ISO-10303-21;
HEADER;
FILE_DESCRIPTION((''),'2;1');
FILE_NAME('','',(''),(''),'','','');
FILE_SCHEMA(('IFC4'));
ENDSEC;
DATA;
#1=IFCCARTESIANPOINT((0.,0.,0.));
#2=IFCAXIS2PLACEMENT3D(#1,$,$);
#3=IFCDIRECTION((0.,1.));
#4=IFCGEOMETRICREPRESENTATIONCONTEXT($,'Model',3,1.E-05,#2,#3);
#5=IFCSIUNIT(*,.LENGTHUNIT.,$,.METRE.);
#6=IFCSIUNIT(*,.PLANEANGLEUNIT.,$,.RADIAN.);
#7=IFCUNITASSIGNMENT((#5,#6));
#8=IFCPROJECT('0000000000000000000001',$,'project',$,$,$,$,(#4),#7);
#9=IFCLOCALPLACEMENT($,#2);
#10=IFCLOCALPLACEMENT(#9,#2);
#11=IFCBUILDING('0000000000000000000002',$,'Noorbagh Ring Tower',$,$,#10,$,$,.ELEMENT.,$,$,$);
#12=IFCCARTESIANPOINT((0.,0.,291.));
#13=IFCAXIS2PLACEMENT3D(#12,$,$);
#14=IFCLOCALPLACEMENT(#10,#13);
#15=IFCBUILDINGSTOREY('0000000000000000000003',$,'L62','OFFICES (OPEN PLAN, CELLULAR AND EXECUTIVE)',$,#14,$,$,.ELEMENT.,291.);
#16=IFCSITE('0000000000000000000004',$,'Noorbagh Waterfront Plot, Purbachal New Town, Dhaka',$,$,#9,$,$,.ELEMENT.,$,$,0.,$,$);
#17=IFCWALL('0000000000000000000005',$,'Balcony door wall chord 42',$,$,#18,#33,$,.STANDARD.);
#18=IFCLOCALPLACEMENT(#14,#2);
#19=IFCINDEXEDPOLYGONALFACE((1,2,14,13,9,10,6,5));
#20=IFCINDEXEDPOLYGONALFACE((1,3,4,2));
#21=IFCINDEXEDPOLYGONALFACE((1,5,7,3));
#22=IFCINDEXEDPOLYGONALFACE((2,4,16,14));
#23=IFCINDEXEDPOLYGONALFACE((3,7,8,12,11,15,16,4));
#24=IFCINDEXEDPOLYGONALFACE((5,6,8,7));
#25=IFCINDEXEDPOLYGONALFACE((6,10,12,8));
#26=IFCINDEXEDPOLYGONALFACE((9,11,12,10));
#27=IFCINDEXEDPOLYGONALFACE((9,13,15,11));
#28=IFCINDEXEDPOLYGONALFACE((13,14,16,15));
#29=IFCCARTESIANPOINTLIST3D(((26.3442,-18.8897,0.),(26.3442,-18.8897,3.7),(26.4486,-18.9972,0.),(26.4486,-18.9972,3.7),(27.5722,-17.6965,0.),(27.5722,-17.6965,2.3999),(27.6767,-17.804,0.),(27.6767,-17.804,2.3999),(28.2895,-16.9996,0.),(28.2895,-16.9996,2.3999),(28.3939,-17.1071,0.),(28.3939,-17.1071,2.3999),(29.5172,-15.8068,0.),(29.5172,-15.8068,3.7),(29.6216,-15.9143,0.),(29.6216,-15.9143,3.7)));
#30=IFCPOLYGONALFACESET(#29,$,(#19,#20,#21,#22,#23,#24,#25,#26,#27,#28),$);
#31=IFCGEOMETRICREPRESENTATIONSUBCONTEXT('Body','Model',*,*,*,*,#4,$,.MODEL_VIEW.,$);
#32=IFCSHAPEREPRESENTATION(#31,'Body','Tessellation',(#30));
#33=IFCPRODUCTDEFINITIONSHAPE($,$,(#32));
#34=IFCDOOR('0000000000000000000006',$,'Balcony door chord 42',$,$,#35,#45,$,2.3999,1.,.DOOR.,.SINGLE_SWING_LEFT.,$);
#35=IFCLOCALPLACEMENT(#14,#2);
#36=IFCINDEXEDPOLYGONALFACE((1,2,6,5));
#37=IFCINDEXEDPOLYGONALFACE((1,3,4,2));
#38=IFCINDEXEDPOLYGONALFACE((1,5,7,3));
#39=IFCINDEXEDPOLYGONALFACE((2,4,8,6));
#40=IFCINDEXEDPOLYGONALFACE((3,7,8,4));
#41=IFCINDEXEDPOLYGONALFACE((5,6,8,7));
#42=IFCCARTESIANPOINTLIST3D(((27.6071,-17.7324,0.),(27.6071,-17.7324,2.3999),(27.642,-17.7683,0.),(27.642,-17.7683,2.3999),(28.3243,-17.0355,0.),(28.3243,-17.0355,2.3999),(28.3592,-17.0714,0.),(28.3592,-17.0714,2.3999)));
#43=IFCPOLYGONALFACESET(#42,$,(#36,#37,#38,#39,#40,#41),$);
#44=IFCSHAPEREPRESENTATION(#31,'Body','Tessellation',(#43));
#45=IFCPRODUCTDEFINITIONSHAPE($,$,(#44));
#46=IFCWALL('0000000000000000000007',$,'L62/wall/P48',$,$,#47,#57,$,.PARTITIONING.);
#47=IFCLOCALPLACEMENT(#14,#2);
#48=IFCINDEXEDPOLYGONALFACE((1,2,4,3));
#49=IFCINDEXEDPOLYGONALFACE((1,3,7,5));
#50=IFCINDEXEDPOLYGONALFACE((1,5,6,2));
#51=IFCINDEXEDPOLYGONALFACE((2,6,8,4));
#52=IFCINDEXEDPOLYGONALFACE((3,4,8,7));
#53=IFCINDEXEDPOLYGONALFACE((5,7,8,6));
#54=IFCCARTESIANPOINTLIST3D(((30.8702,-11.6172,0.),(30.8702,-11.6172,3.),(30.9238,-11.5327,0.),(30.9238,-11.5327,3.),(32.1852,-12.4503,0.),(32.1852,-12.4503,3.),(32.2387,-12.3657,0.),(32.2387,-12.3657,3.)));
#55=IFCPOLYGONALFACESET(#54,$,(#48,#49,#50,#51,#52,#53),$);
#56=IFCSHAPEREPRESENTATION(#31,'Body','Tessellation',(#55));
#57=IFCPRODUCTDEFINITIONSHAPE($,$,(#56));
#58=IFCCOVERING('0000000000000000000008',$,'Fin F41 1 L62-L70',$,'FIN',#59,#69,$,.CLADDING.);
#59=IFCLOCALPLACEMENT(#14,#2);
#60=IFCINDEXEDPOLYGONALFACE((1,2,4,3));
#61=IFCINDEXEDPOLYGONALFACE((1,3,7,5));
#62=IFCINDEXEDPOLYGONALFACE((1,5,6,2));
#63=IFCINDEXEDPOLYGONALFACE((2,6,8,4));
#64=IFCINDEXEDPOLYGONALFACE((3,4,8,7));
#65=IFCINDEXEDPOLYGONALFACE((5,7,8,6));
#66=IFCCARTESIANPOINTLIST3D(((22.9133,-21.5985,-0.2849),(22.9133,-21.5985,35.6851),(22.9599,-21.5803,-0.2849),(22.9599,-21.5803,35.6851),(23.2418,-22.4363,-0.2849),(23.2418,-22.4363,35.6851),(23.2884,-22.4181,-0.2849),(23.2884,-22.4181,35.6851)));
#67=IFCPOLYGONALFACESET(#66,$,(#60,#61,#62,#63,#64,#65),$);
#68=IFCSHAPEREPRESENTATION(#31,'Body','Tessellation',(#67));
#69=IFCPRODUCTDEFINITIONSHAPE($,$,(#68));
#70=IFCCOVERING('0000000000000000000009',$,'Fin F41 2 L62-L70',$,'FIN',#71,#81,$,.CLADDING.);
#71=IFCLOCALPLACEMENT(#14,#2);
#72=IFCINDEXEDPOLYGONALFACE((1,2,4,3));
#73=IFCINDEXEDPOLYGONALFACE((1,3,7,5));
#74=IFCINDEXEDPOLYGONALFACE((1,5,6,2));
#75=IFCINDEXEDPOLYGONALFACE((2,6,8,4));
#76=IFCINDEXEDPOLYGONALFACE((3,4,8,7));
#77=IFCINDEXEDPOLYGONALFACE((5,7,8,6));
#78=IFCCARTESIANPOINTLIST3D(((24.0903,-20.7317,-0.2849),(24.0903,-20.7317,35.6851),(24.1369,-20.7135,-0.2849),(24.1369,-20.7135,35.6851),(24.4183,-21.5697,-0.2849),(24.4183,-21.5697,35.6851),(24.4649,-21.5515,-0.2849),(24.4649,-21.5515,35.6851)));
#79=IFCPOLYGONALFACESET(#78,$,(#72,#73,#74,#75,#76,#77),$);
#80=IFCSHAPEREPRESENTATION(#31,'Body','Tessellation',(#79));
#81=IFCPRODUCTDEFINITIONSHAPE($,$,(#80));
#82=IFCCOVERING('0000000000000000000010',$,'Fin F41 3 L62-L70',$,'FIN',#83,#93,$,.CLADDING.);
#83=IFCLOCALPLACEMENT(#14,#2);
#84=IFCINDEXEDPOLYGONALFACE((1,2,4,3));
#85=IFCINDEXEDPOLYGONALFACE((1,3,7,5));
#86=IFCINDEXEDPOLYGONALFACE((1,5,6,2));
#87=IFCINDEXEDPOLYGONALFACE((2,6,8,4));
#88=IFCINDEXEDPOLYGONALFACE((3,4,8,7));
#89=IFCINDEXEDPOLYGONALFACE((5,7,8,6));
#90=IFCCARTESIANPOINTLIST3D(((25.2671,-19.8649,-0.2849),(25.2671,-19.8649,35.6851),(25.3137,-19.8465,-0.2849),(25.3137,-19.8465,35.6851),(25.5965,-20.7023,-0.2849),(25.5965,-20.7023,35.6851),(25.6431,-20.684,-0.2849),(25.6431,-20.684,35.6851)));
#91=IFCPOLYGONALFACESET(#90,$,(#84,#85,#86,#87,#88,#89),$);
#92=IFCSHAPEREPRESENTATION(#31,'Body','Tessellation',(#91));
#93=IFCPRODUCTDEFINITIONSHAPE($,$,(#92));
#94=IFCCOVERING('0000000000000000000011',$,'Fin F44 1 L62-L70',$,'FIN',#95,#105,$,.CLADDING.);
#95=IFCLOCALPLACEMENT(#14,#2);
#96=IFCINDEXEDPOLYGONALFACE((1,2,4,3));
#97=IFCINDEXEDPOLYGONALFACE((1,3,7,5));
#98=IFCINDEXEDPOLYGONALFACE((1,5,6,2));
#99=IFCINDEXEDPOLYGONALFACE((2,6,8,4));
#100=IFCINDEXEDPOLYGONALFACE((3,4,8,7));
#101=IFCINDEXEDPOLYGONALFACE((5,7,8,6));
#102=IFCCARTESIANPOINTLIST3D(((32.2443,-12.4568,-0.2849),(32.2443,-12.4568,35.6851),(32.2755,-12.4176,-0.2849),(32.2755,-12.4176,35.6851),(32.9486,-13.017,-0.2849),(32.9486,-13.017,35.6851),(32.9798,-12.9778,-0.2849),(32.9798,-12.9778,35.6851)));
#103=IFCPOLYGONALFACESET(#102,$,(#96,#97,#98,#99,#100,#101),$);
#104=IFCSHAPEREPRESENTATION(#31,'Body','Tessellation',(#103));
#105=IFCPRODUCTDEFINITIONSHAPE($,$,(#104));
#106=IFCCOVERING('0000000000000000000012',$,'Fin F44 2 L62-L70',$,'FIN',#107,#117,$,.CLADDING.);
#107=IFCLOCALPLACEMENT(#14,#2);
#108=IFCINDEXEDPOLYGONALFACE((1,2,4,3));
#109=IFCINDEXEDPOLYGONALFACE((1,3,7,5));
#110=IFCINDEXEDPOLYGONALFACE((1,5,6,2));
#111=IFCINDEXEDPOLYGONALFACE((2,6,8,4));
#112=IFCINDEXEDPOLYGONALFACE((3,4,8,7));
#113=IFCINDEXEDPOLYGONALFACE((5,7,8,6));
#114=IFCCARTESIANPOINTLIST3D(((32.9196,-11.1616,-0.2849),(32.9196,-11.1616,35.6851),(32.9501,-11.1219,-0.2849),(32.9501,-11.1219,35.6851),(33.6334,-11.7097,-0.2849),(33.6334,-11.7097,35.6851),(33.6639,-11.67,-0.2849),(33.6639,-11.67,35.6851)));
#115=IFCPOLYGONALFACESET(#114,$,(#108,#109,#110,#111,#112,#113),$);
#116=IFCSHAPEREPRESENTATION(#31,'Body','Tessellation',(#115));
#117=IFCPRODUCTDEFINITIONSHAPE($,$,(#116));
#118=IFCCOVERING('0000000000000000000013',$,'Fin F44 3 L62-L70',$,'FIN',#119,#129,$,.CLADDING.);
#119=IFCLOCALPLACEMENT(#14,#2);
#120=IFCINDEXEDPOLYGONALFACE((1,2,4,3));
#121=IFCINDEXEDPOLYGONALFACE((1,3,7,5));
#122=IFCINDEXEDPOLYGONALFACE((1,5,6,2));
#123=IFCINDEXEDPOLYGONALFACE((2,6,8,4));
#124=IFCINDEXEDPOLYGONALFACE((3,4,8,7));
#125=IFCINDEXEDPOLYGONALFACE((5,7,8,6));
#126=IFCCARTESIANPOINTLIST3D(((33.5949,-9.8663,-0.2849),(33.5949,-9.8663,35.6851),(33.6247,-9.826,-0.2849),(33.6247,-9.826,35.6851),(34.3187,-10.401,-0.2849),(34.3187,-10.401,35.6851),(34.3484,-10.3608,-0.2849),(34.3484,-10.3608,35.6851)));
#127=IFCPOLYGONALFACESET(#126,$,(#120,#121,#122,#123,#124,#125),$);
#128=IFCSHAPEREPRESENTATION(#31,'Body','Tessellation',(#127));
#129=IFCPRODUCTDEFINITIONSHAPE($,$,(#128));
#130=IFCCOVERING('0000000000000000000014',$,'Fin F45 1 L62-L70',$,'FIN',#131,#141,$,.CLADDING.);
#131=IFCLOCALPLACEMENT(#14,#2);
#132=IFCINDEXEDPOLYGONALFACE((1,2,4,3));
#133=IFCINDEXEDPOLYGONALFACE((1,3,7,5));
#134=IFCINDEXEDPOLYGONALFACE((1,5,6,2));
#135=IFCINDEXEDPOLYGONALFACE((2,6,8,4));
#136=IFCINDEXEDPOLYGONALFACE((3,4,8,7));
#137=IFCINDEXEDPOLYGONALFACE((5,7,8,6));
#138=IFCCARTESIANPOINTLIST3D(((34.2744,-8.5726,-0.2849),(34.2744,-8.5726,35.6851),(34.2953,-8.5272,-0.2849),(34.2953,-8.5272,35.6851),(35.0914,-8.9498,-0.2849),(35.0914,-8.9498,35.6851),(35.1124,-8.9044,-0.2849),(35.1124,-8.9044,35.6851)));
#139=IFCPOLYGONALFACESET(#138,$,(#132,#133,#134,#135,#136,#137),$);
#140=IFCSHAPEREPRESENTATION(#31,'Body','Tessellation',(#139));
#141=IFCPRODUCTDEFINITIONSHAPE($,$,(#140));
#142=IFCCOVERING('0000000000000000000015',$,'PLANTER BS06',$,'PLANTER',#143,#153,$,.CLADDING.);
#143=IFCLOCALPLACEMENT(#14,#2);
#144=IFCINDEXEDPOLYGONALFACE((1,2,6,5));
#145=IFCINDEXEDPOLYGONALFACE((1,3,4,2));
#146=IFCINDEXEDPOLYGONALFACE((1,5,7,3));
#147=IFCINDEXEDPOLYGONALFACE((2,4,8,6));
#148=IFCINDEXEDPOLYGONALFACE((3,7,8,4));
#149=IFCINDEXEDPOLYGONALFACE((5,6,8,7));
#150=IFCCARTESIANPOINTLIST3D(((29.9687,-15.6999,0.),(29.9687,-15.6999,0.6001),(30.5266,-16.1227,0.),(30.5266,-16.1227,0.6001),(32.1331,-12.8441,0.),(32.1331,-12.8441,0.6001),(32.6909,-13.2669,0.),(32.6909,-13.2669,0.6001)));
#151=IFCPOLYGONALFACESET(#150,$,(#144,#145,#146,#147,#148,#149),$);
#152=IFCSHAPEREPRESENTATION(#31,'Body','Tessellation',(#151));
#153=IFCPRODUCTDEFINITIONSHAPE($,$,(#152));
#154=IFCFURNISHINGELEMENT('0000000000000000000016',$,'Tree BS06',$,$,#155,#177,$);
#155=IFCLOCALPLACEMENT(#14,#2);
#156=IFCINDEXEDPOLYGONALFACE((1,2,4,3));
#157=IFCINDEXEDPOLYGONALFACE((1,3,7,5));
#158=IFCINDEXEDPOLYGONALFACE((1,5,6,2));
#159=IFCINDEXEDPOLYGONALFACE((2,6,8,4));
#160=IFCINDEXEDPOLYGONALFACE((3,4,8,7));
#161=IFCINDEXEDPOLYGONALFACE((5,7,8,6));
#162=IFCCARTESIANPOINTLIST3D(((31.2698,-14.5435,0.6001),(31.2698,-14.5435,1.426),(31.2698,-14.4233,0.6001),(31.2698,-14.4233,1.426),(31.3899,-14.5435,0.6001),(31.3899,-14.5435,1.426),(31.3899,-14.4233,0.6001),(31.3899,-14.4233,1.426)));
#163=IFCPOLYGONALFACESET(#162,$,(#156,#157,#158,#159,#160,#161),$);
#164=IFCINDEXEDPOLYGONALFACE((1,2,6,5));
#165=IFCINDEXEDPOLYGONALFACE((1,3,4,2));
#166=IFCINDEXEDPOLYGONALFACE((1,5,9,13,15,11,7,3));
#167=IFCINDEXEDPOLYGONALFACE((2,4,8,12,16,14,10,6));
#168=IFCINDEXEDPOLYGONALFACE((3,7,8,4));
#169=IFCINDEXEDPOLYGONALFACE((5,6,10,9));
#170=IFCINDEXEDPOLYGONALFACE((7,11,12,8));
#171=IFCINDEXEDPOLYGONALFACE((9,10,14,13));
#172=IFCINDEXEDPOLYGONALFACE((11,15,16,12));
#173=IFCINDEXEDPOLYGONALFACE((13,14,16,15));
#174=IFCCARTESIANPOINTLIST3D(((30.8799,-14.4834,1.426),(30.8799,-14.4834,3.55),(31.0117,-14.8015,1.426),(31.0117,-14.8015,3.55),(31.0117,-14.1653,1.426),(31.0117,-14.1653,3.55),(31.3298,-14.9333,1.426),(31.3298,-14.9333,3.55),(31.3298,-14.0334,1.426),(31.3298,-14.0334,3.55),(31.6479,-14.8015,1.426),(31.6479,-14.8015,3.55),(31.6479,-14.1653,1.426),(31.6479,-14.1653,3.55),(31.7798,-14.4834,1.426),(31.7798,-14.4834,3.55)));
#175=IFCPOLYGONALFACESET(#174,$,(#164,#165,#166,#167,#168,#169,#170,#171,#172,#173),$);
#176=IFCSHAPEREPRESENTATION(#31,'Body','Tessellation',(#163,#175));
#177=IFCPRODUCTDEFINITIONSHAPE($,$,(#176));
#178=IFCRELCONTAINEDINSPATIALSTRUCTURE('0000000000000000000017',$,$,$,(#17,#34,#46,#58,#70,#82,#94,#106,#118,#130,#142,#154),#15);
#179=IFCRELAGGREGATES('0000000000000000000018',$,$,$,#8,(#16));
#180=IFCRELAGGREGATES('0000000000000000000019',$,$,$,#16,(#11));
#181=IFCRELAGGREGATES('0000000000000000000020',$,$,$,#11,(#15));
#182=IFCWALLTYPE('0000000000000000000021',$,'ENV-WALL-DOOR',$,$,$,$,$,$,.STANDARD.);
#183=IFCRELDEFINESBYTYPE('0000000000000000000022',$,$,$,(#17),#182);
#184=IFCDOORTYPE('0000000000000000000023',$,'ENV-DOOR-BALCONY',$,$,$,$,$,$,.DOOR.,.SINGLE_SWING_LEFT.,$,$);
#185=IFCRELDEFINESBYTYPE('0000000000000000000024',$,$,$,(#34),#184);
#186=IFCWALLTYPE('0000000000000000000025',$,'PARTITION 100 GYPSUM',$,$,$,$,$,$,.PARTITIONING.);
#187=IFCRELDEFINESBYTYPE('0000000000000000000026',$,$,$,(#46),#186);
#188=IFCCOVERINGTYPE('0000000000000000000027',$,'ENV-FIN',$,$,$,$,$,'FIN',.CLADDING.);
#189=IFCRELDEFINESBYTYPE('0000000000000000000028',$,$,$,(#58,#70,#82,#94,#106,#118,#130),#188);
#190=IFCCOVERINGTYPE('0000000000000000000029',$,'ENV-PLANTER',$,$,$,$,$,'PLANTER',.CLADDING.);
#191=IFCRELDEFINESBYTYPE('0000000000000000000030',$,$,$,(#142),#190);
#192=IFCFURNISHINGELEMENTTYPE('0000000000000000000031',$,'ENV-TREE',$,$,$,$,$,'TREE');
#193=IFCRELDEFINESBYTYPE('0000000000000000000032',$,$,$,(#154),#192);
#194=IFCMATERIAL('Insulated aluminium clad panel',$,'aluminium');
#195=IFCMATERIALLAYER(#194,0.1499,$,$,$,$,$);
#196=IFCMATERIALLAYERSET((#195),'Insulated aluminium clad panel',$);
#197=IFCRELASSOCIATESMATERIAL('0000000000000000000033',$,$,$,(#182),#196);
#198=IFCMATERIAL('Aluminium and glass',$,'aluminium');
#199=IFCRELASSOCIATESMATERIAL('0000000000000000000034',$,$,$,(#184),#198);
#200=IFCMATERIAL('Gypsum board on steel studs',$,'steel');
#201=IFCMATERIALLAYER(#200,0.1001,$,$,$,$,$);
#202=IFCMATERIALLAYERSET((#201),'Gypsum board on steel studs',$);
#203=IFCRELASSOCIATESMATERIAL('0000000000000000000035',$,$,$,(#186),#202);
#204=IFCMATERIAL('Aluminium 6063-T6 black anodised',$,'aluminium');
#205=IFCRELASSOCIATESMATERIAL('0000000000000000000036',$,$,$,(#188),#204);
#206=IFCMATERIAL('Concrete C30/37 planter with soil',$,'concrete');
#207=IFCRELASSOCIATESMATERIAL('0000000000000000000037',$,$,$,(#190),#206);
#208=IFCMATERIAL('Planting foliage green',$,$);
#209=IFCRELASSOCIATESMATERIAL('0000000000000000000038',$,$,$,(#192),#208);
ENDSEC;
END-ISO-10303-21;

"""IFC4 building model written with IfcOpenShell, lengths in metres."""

from ifc_helpers import new_model, si_unit, direction, frame, frame_2d, origin, origin_2d, place, context, subcontext, project, spatial, polyline, rectangle, outline, extrude, material, layer, layer_set, material_profile, profile_set, type_object, element, fill, save


model = new_model("IFC4")

# Units and contexts
model_context = context("Model", 3, precision=1e-05, world=origin(), true_north=direction((0.0, 1.0)))
body_context = subcontext(model_context, "Body", "Model", "MODEL_VIEW")
ifc_project = project(units=[si_unit("LENGTHUNIT", "METRE"), si_unit("PLANEANGLEUNIT", "RADIAN")], contexts=[model_context])

# Site, building, storey
site_placement = place(None, origin())
site = spatial("IfcSite", under=ifc_project, at=site_placement, Name="Noorbagh Waterfront Plot, Purbachal New Town, Dhaka", CompositionType="ELEMENT", RefElevation=0.0)
building_placement = place(site_placement, origin())
building = spatial("IfcBuilding", under=site, at=building_placement, Name="Noorbagh Ring Tower", CompositionType="ELEMENT")
storey_placement = place(building_placement, frame((0.0, 0.0, 291.0)))
storey = spatial("IfcBuildingStorey", under=building, at=storey_placement, Name="L62", Description="OFFICES (OPEN PLAN, CELLULAR AND EXECUTIVE)", CompositionType="ELEMENT", Elevation=291.0)

# Wall, opening, door
ifc_material_1 = material(Name="Insulated aluminium clad panel", Category="aluminium")
ifc_layer_1 = layer(ifc_material_1, 0.1499)
ifc_layer_set_1 = layer_set([ifc_layer_1], Name="Insulated aluminium clad panel")
wall_type_1 = type_object("IfcWallType", Name="ENV-WALL-DOOR", PredefinedType="STANDARD", material=ifc_layer_set_1)
wall_1_placement = place(storey_placement, frame((26.3965, -18.9434, 0.0), z_axis=(0.0, 0.0, 1.0), x_axis=(0.717215, 0.696852, 0.0)))
wall_1 = element("IfcWall", 1, at=wall_1_placement, inside=storey, type_object=wall_type_1, Name="Balcony door wall chord 42", PredefinedType="STANDARD", context=body_context, shape_type="SweptSolid", body=[
    extrude(rectangle(XDim=4.4241, YDim=0.1499, at=frame_2d((2.2119, 0.0))), origin(), (0.0, 0.0, 1.0), 3.7),
])
opening_1_placement = place(wall_1_placement, frame((1.7122, 0.0, 0.0)))
opening_1 = element("IfcOpeningElement", 2, at=opening_1_placement, cuts=wall_1, PredefinedType="OPENING", context=body_context, shape_type="SweptSolid", body=[
    extrude(rectangle(XDim=1.0, YDim=2.3999, at=frame_2d((0.5, 1.2))), frame((0.0, 0.085, 0.0), z_axis=(0.0, -1.0, 0.0), x_axis=(1.0, 0.0, 0.0)), (0.0, 0.0, 1.0), 0.1699),
])
ifc_material_2 = material(Name="Aluminium and glass", Category="aluminium")
door_type_1 = type_object("IfcDoorType", Name="ENV-DOOR-BALCONY", OperationType="SINGLE_SWING_LEFT", PredefinedType="DOOR", material=ifc_material_2)
door_1_placement = place(opening_1_placement, origin())
door_1 = element("IfcDoor", 3, at=door_1_placement, inside=storey, type_object=door_type_1, Name="Balcony door chord 42", OperationType="SINGLE_SWING_LEFT", OverallHeight=2.3999, OverallWidth=1.0, PredefinedType="DOOR", context=body_context, shape_type="SweptSolid", body=[
    extrude(rectangle(XDim=1.0, YDim=2.3999, at=frame_2d((0.5, 1.2))), frame((0.0, 0.0249, 0.0), z_axis=(0.0, -1.0, 0.0), x_axis=(1.0, 0.0, 0.0)), (0.0, 0.0, 1.0), 0.05),
])
fill(opening_1, door_1)

# Wall
ifc_material_3 = material(Name="Gypsum board on steel studs", Category="steel")
ifc_layer_2 = layer(ifc_material_3, 0.1001)
ifc_layer_set_2 = layer_set([ifc_layer_2], Name="Gypsum board on steel studs")
wall_type_2 = type_object("IfcWallType", Name="PARTITION 100 GYPSUM", PredefinedType="PARTITIONING", material=ifc_layer_set_2)
wall_2_placement = place(storey_placement, frame((30.897, -11.575, 0.0), z_axis=(0.0, 0.0, 1.0), x_axis=(0.844758, -0.535149, 0.0)))
element("IfcWall", 4, at=wall_2_placement, inside=storey, type_object=wall_type_2, Name="L62/wall/P48", PredefinedType="PARTITIONING", context=body_context, shape_type="SweptSolid", body=[
    extrude(rectangle(XDim=1.5566, YDim=0.1001, at=frame_2d((0.7783, 0.0))), origin(), (0.0, 0.0, 1.0), 3.0),
])

# Coverings
ifc_material_4 = material(Name="Aluminium 6063-T6 black anodised", Category="aluminium")
ifc_material_profile_1 = material_profile(ifc_material_4, rectangle(XDim=0.8999, YDim=0.05, at=origin_2d()), Name="900x50")
ifc_profile_set_1 = profile_set([ifc_material_profile_1], Name="Aluminium 6063-T6 black anodised")
covering_type_1 = type_object("IfcCoveringType", Name="ENV-FIN", ElementType="FIN", PredefinedType="CLADDING", material=ifc_profile_set_1)
for number, where, z_axis, x_axis, name in (
    (5, (23.1008, -22.0083, -0.2849), (0.0, 0.0, 1.0), (0.365038, -0.930993, 0.0), "Fin F41 1 L62-L70"),
    (6, (24.2776, -21.1416, -0.2849), (0.0, 0.0, 1.0), (0.364533, -0.93119, 0.0), "Fin F41 2 L62-L70"),
    (7, (25.4551, -20.2744, -0.2849), (0.0, 0.0, 1.0), (0.366047, -0.930596, 0.0), "Fin F41 3 L62-L70"),
    (8, (32.6121, -12.7173, -0.2849), (0.0, 0.0, 1.0), (0.782644, -0.62247, 0.0), "Fin F44 1 L62-L70"),
    (9, (33.2917, -11.4158, -0.2849), (0.0, 0.0, 1.0), (0.793138, -0.609043, 0.0), "Fin F44 2 L62-L70"),
    (10, (33.9717, -10.1135, -0.2849), (0.0, 0.0, 1.0), (0.80426, -0.594277, 0.0), "Fin F44 3 L62-L70"),
    (11, (34.6934, -8.7385, -0.2849), (0.0, 0.0, 1.0), (0.907912, -0.419162, 0.0), "Fin F45 1 L62-L70"),
):
    element("IfcCovering", number, at=place(storey_placement, frame(where, z_axis=z_axis, x_axis=x_axis)), inside=storey, type_object=covering_type_1, Name=name, ObjectType="FIN", PredefinedType="CLADDING", context=body_context, shape_type="SweptSolid", body=[
        extrude(rectangle(XDim=0.8999, YDim=0.05, at=origin_2d()), origin(), (0.0, 0.0, 1.0), 35.97),
    ])

# Covering
ifc_material_5 = material(Name="Concrete C30/37 planter with soil", Category="concrete")
covering_type_2 = type_object("IfcCoveringType", Name="ENV-PLANTER", ElementType="PLANTER", PredefinedType="CLADDING", material=ifc_material_5)
covering_placement = place(storey_placement, frame((31.3298, -14.4834, 0.0), z_axis=(0.0, 0.0, 1.0), x_axis=(0.60402, 0.796969, 0.0)))
element("IfcCovering", 12, at=covering_placement, inside=storey, type_object=covering_type_2, Name="PLANTER BS06", ObjectType="PLANTER", PredefinedType="CLADDING", context=body_context, shape_type="SweptSolid", body=[
    extrude(rectangle(XDim=3.5833, YDim=0.7, at=origin_2d()), origin(), (0.0, 0.0, 1.0), 0.6001),
])

# Furnishing element
ifc_material_6 = material(Name="Planting foliage green")
furnishing_element_type = type_object("IfcFurnishingElementType", Name="ENV-TREE", ElementType="TREE", material=ifc_material_6)
furnishing_placement = place(storey_placement, frame((31.3298, -14.4834, 0.6001), z_axis=(0.0, 0.0, 1.0), x_axis=(1.0, 0.0, 0.0)))
element("IfcFurnishingElement", 13, at=furnishing_placement, inside=storey, type_object=furnishing_element_type, Name="Tree BS06", context=body_context, shape_type="SweptSolid", body=[
    extrude(rectangle(XDim=0.1201, YDim=0.1201, at=origin_2d()), origin(), (0.0, 0.0, 1.0), 0.8259),
    extrude(outline(polyline([(0.45, 0.0), (0.3181, 0.3181), (0.0, 0.45), (-0.3181, 0.3181), (-0.45, 0.0), (-0.3181, -0.3181), (0.0, -0.45), (0.3181, -0.3181), (0.45, 0.0)])), frame((0.0, 0.0, 0.8259)), (0.0, 0.0, 1.0), 2.124),
])

save(model, "model.ifc")
